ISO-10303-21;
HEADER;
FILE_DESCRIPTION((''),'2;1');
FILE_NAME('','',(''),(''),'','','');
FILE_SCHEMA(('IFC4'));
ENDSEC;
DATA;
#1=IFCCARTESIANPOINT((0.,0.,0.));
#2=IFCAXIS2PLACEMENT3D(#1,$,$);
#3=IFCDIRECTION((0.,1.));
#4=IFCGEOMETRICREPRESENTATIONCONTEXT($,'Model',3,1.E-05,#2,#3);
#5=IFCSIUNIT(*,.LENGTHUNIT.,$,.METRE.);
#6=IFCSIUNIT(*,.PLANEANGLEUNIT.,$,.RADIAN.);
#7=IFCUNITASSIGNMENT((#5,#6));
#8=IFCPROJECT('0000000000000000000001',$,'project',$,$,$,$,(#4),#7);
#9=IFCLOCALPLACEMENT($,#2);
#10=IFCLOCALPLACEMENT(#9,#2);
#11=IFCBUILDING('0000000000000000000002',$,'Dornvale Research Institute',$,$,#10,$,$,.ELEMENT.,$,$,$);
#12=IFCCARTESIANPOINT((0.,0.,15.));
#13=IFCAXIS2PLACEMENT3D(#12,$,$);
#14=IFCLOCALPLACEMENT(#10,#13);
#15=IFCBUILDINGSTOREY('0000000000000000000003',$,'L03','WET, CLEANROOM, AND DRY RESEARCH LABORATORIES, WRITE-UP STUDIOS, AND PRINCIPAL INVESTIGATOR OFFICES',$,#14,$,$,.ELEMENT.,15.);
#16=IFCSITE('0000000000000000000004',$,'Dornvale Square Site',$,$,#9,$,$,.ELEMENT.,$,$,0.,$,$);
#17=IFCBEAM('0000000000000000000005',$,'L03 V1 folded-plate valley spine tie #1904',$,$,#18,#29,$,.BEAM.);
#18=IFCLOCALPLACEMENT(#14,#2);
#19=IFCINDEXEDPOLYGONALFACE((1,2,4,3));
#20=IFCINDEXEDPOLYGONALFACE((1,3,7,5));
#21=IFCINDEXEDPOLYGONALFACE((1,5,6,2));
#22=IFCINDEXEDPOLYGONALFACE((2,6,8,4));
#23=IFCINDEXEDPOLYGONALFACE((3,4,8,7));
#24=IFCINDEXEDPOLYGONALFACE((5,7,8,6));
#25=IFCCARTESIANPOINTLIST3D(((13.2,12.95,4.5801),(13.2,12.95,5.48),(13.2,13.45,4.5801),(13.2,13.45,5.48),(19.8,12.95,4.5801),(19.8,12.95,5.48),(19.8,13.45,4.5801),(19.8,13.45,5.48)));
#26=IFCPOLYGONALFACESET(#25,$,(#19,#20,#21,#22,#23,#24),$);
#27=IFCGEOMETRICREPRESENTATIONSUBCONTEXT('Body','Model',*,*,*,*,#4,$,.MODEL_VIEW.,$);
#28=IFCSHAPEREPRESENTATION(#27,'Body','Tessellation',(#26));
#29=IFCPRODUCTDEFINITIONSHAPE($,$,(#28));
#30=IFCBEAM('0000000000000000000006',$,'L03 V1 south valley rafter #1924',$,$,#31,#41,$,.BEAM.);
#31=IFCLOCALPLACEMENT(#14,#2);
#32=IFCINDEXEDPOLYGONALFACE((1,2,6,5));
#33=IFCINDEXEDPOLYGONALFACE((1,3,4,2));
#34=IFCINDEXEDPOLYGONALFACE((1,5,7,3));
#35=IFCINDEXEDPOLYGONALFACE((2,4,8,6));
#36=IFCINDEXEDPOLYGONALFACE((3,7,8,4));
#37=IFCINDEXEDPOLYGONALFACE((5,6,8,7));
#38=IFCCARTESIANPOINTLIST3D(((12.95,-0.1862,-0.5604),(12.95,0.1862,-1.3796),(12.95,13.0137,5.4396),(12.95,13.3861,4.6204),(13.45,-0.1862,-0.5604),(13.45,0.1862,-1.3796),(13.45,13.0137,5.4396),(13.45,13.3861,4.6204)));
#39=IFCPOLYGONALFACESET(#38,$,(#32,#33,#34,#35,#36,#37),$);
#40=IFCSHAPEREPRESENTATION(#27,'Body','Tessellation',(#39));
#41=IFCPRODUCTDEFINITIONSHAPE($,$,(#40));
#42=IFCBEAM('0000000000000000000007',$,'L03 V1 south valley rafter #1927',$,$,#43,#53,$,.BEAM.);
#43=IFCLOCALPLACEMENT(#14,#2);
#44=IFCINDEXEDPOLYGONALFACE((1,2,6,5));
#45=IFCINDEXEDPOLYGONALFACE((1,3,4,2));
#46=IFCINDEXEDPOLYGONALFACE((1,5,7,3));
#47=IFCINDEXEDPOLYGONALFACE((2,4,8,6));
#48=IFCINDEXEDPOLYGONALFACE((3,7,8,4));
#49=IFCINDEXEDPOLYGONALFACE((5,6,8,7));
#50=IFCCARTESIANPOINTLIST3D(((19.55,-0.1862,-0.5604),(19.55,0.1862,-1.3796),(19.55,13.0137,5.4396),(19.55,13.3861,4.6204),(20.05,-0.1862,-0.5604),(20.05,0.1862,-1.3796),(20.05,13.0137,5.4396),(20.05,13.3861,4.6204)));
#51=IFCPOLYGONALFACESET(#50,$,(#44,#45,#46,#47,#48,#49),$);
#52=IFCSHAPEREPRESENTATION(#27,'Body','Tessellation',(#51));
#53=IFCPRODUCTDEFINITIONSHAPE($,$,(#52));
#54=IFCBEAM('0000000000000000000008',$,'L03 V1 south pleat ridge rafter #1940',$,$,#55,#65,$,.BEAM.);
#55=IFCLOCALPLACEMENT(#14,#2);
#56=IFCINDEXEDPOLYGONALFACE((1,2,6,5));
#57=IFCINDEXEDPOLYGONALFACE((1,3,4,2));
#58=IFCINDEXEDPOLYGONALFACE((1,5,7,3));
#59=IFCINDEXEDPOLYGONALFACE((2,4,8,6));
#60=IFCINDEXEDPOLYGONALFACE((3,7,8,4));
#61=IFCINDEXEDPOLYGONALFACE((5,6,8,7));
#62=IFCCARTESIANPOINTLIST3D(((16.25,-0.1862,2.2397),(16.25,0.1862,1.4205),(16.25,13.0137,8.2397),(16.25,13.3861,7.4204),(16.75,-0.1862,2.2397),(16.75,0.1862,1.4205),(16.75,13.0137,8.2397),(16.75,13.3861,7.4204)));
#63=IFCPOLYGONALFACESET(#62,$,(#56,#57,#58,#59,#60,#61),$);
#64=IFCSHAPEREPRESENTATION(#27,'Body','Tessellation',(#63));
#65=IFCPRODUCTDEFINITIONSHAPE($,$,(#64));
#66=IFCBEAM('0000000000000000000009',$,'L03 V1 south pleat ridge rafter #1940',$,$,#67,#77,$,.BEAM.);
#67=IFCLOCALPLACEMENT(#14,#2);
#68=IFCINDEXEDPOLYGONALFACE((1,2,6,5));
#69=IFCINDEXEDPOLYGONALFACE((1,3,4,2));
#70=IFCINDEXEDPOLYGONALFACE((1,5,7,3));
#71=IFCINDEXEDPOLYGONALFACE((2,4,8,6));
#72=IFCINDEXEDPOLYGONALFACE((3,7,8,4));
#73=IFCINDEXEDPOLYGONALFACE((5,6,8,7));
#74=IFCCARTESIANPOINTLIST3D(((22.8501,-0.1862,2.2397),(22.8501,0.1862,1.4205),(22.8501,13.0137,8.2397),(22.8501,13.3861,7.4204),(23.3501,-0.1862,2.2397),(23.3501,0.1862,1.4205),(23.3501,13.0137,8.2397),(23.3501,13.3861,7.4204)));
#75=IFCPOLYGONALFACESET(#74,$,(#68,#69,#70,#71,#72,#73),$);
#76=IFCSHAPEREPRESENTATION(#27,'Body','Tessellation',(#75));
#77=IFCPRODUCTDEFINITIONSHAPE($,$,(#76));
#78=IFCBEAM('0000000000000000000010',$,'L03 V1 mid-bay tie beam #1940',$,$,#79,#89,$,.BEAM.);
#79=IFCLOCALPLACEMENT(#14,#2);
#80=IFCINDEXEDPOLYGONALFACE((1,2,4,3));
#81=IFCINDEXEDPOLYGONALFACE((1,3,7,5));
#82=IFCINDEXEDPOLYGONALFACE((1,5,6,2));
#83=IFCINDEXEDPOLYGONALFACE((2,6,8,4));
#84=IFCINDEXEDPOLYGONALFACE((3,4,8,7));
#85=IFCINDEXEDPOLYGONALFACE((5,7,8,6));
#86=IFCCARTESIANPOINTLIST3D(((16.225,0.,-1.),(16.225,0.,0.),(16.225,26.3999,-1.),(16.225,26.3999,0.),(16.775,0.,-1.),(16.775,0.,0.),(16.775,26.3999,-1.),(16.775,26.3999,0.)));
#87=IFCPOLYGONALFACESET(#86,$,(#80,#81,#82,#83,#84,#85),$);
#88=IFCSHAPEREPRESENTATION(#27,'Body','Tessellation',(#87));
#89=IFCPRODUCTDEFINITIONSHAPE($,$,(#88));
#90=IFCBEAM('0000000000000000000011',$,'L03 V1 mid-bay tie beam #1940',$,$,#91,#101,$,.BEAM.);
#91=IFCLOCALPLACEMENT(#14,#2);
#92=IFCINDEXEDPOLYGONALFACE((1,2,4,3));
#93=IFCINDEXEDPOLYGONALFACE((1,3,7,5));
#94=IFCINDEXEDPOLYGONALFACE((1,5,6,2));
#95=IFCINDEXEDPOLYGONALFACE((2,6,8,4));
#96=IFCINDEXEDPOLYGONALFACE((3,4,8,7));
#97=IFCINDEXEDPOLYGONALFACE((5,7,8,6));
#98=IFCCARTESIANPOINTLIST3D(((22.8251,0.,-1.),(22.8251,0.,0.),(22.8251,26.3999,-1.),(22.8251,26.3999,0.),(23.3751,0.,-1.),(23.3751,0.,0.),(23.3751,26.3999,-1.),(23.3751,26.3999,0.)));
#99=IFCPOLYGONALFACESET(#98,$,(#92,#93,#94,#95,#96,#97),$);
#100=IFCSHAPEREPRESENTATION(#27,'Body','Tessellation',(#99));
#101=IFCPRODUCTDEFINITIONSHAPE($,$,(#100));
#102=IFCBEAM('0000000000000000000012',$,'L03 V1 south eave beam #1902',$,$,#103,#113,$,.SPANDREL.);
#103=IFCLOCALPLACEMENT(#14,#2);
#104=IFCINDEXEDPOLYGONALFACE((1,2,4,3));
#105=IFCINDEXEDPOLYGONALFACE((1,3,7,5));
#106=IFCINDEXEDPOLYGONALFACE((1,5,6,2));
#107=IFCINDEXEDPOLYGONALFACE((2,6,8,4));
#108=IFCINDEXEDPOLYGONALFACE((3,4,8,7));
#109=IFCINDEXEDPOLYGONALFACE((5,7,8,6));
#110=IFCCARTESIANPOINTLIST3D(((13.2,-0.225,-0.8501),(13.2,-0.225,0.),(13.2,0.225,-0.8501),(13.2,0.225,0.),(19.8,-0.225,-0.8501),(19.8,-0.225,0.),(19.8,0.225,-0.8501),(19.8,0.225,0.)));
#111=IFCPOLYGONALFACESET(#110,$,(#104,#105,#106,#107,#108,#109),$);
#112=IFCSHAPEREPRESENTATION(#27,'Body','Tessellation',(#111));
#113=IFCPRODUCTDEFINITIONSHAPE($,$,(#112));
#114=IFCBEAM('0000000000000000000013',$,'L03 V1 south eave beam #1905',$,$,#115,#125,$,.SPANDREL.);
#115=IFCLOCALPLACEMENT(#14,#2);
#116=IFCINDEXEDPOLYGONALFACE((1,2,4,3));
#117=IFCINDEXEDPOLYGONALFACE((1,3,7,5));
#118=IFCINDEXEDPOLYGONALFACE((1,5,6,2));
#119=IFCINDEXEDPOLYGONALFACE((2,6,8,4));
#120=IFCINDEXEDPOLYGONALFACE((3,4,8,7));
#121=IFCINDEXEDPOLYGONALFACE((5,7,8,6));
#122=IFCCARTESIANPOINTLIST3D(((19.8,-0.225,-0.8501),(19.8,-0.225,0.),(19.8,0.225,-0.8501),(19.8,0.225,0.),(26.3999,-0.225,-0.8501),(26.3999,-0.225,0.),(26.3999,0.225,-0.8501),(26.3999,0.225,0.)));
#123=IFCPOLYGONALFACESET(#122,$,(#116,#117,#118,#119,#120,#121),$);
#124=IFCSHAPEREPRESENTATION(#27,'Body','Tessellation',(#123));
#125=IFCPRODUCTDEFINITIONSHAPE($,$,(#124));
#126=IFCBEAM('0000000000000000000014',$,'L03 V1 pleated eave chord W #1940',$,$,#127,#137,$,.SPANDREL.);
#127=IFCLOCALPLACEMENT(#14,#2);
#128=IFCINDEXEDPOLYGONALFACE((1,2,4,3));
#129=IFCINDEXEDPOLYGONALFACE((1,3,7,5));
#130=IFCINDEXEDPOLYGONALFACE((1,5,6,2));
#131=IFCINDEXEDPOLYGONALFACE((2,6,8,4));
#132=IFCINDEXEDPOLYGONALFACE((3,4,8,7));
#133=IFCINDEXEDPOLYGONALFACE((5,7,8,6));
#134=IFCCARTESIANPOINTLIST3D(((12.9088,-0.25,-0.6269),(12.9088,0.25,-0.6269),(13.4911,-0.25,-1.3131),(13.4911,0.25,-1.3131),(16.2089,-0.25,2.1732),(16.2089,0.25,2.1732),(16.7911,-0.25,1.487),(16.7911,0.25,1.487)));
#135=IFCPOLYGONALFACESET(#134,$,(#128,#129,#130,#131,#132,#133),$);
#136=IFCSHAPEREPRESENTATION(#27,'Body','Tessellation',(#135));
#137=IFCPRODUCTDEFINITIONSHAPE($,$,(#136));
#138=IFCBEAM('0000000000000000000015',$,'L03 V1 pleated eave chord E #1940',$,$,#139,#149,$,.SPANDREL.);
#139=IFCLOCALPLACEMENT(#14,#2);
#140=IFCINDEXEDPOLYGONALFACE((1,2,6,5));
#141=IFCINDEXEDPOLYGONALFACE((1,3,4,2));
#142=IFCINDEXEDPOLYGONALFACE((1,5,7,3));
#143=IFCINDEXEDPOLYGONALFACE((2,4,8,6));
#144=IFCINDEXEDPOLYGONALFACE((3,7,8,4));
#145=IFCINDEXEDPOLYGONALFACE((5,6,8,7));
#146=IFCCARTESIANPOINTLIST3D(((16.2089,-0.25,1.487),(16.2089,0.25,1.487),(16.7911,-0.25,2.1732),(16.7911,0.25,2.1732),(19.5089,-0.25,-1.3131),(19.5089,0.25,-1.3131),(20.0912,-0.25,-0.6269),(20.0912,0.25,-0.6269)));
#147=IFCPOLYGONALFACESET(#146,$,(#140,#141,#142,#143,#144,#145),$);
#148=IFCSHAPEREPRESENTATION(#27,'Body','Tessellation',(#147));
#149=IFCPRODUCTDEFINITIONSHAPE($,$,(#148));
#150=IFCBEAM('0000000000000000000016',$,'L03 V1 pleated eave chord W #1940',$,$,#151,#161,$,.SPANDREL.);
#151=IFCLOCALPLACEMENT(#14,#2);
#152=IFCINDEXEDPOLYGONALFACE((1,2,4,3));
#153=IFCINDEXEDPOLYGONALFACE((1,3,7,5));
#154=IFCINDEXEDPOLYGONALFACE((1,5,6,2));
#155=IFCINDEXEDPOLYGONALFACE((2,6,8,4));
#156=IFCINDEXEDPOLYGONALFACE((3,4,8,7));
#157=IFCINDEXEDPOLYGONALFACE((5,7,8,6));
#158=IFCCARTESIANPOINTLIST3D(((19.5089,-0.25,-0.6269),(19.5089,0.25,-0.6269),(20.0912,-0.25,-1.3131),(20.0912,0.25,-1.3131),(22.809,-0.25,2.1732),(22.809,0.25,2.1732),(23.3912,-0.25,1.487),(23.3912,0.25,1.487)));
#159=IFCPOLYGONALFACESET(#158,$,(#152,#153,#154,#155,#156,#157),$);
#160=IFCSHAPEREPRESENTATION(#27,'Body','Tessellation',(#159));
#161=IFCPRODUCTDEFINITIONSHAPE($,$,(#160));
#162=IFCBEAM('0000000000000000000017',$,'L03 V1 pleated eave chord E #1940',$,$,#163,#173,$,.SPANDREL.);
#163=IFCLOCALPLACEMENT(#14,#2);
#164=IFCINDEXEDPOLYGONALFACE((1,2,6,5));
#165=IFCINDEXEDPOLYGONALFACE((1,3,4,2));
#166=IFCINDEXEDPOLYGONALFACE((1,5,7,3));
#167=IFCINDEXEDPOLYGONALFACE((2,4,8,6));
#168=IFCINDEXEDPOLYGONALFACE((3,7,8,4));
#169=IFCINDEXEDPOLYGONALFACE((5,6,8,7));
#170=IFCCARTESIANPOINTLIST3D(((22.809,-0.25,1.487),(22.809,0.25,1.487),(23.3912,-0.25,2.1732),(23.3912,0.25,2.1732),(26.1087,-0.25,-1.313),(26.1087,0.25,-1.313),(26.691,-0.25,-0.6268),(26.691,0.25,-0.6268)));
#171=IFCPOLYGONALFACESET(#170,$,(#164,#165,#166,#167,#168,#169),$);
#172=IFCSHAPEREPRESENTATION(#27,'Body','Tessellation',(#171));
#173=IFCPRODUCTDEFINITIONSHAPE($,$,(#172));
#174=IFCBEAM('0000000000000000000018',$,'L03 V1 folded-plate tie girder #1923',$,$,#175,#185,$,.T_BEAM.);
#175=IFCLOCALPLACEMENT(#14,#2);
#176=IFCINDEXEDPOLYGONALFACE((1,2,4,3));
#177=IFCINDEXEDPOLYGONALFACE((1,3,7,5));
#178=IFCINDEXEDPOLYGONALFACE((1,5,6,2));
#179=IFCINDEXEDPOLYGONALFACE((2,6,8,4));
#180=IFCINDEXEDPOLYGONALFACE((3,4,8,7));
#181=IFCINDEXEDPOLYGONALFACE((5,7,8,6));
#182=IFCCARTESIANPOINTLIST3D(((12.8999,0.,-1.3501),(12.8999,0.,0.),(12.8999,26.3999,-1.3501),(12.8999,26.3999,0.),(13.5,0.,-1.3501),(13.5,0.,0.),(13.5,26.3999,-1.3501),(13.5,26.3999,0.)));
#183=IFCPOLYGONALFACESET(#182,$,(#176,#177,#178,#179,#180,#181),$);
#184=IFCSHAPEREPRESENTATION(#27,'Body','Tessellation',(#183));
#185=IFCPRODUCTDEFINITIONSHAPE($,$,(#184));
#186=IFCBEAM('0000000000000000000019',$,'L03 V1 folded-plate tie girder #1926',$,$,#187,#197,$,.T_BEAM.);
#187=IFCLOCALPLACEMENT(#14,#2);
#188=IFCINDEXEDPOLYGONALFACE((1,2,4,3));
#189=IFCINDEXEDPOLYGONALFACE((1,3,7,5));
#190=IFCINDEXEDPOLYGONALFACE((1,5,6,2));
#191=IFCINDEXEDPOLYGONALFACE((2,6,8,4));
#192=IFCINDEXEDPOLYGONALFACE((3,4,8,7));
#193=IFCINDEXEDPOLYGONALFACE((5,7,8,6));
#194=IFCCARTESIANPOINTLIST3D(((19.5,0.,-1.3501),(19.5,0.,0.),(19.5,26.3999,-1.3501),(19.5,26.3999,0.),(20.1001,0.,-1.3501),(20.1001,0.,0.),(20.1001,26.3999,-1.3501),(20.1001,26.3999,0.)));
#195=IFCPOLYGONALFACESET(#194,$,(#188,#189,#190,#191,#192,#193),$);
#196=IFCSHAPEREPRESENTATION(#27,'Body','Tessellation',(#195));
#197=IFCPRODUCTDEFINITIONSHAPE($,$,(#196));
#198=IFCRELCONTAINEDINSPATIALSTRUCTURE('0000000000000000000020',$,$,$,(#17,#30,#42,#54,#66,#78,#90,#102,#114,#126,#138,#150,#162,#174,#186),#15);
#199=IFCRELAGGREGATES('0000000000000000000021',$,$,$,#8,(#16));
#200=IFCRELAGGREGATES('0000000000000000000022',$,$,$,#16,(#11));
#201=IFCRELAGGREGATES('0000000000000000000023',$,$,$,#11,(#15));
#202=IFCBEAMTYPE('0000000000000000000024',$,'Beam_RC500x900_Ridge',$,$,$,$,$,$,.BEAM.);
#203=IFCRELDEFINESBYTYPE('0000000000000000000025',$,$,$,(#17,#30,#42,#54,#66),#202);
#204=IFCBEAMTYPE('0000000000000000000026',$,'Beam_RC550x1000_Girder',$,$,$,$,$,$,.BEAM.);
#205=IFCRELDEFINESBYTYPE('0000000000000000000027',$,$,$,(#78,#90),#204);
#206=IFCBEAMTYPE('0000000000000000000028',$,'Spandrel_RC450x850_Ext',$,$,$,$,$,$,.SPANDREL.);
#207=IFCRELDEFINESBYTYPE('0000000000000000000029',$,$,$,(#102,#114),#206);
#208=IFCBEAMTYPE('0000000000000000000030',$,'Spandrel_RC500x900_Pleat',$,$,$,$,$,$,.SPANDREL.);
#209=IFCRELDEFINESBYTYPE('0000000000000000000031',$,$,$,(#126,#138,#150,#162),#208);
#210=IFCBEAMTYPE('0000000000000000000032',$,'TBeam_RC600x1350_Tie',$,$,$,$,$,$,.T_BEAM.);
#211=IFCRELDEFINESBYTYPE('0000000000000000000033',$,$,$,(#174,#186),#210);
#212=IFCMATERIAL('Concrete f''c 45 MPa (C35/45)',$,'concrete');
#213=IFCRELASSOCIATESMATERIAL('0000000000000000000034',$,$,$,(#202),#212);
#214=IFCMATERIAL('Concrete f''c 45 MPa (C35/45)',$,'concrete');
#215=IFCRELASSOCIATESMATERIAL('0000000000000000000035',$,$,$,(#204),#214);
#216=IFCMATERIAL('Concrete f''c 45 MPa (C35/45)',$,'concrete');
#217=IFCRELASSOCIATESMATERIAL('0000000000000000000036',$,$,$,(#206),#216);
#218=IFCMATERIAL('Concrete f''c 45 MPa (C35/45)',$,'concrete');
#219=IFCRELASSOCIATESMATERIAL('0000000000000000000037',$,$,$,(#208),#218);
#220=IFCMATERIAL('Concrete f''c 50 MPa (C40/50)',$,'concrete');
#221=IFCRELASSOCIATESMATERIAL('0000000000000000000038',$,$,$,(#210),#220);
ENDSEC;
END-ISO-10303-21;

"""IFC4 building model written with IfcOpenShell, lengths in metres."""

from ifc_helpers import new_model, si_unit, direction, frame, origin, origin_2d, place, context, subcontext, project, spatial, rectangle, extrude, material, material_profile, profile_set, type_object, element, save


model = new_model("IFC4")

# Units and contexts
model_context = context("Model", 3, precision=1e-05, world=origin(), true_north=direction((0.0, 1.0)))
body_context = subcontext(model_context, "Body", "Model", "MODEL_VIEW")
ifc_project = project(units=[si_unit("LENGTHUNIT", "METRE"), si_unit("PLANEANGLEUNIT", "RADIAN")], contexts=[model_context])

# Site, building, storey
site_placement = place(None, origin())
site = spatial("IfcSite", under=ifc_project, at=site_placement, Name="Dornvale Square Site", CompositionType="ELEMENT", RefElevation=0.0)
building_placement = place(site_placement, origin())
building = spatial("IfcBuilding", under=site, at=building_placement, Name="Dornvale Research Institute", CompositionType="ELEMENT")
storey_placement = place(building_placement, frame((0.0, 0.0, 15.0)))
storey = spatial("IfcBuildingStorey", under=building, at=storey_placement, Name="L03", Description="WET, CLEANROOM, AND DRY RESEARCH LABORATORIES, WRITE-UP STUDIOS, AND PRINCIPAL INVESTIGATOR OFFICES", CompositionType="ELEMENT", Elevation=15.0)

# Beams
ifc_material_1 = material(Name="Concrete f'c 45 MPa (C35/45)", Category="concrete")
ifc_material_profile_1 = material_profile(ifc_material_1, rectangle(XDim=0.5, YDim=0.8999, at=origin_2d()), Name="RC 500x900")
ifc_profile_set_1 = profile_set([ifc_material_profile_1], Name="Concrete f'c 45 MPa (C35/45)")
beam_type_1 = type_object("IfcBeamType", Name="Beam_RC500x900_Ridge", PredefinedType="BEAM", material=ifc_profile_set_1)
beam_1_placement = place(storey_placement, frame((13.2, 13.2, 5.03), z_axis=(1.0, 0.0, 0.0), x_axis=(0.0, 1.0, 0.0)))
element("IfcBeam", 1, at=beam_1_placement, inside=storey, type_object=beam_type_1, Name="L03 V1 folded-plate valley spine tie #1904", PredefinedType="BEAM", context=body_context, shape_type="SweptSolid", body=[
    extrude(rectangle(XDim=0.5, YDim=0.8999, at=origin_2d()), origin(), (0.0, 0.0, 1.0), 6.6001),
])
for number, where, z_axis, x_axis, name in (
    (2, (13.2, 0.0, -0.97), (0.0, 0.910366, 0.413804), (-1.0, 0.0, 0.0), "L03 V1 south valley rafter #1924"),
    (3, (19.8, 0.0, -0.97), (0.0, 0.910366, 0.413804), (-1.0, 0.0, 0.0), "L03 V1 south valley rafter #1927"),
    (4, (16.5, 0.0, 1.8301), (0.0, 0.910366, 0.413804), (-1.0, 0.0, 0.0), "L03 V1 south pleat ridge rafter #1940"),
    (5, (23.1001, 0.0, 1.8301), (0.0, 0.910366, 0.413804), (-1.0, 0.0, 0.0), "L03 V1 south pleat ridge rafter #1940"),
):
    element("IfcBeam", number, at=place(storey_placement, frame(where, z_axis=z_axis, x_axis=x_axis)), inside=storey, type_object=beam_type_1, Name=name, PredefinedType="BEAM", context=body_context, shape_type="SweptSolid", body=[
        extrude(rectangle(XDim=0.5, YDim=0.8999, at=origin_2d()), origin(), (0.0, 0.0, 1.0), 14.4995),
    ])
ifc_material_2 = material(Name="Concrete f'c 45 MPa (C35/45)", Category="concrete")
ifc_material_profile_2 = material_profile(ifc_material_2, rectangle(XDim=0.55, YDim=1.0, at=origin_2d()), Name="RC 550x1000")
ifc_profile_set_2 = profile_set([ifc_material_profile_2], Name="Concrete f'c 45 MPa (C35/45)")
beam_type_2 = type_object("IfcBeamType", Name="Beam_RC550x1000_Girder", PredefinedType="BEAM", material=ifc_profile_set_2)
for number, where, z_axis, x_axis, name in (
    (6, (16.5, 0.0, -0.5), (0.0, 1.0, 0.0), (-1.0, 0.0, 0.0), "L03 V1 mid-bay tie beam #1940"),
    (7, (23.1001, 0.0, -0.5), (0.0, 1.0, 0.0), (-1.0, 0.0, 0.0), "L03 V1 mid-bay tie beam #1940"),
):
    element("IfcBeam", number, at=place(storey_placement, frame(where, z_axis=z_axis, x_axis=x_axis)), inside=storey, type_object=beam_type_2, Name=name, PredefinedType="BEAM", context=body_context, shape_type="SweptSolid", body=[
        extrude(rectangle(XDim=0.55, YDim=1.0, at=origin_2d()), origin(), (0.0, 0.0, 1.0), 26.3999),
    ])
ifc_material_3 = material(Name="Concrete f'c 45 MPa (C35/45)", Category="concrete")
ifc_material_profile_3 = material_profile(ifc_material_3, rectangle(XDim=0.45, YDim=0.8501, at=origin_2d()), Name="RC 450x850")
ifc_profile_set_3 = profile_set([ifc_material_profile_3], Name="Concrete f'c 45 MPa (C35/45)")
beam_type_3 = type_object("IfcBeamType", Name="Spandrel_RC450x850_Ext", PredefinedType="SPANDREL", material=ifc_profile_set_3)
beam_2_placement = place(storey_placement, frame((13.2, 0.0, -0.425), z_axis=(1.0, 0.0, 0.0), x_axis=(0.0, 1.0, 0.0)))
element("IfcBeam", 8, at=beam_2_placement, inside=storey, type_object=beam_type_3, Name="L03 V1 south eave beam #1902", PredefinedType="SPANDREL", context=body_context, shape_type="SweptSolid", body=[
    extrude(rectangle(XDim=0.45, YDim=0.8501, at=origin_2d()), origin(), (0.0, 0.0, 1.0), 6.6001),
])
beam_3_placement = place(storey_placement, frame((19.8, 0.0, -0.425), z_axis=(1.0, 0.0, 0.0), x_axis=(0.0, 1.0, 0.0)))
element("IfcBeam", 9, at=beam_3_placement, inside=storey, type_object=beam_type_3, Name="L03 V1 south eave beam #1905", PredefinedType="SPANDREL", context=body_context, shape_type="SweptSolid", body=[
    extrude(rectangle(XDim=0.45, YDim=0.8501, at=origin_2d()), origin(), (0.0, 0.0, 1.0), 6.5999),
])
ifc_material_4 = material(Name="Concrete f'c 45 MPa (C35/45)", Category="concrete")
ifc_material_profile_4 = material_profile(ifc_material_4, rectangle(XDim=0.5, YDim=0.8999, at=origin_2d()), Name="RC 500x900")
ifc_profile_set_4 = profile_set([ifc_material_profile_4], Name="Concrete f'c 45 MPa (C35/45)")
beam_type_4 = type_object("IfcBeamType", Name="Spandrel_RC500x900_Pleat", PredefinedType="SPANDREL", material=ifc_profile_set_4)
for number, where, z_axis, x_axis, name in (
    (10, (13.2, 0.0, -0.97), (0.762508, 0.0, 0.646978), (0.0, 1.0, 0.0), "L03 V1 pleated eave chord W #1940"),
    (11, (16.5, 0.0, 1.8301), (0.762508, 0.0, -0.646978), (0.0, 1.0, 0.0), "L03 V1 pleated eave chord E #1940"),
    (12, (19.8, 0.0, -0.97), (0.762508, 0.0, 0.646978), (0.0, 1.0, 0.0), "L03 V1 pleated eave chord W #1940"),
):
    element("IfcBeam", number, at=place(storey_placement, frame(where, z_axis=z_axis, x_axis=x_axis)), inside=storey, type_object=beam_type_4, Name=name, PredefinedType="SPANDREL", context=body_context, shape_type="SweptSolid", body=[
        extrude(rectangle(XDim=0.5, YDim=0.8999, at=origin_2d()), origin(), (0.0, 0.0, 1.0), 4.3279),
    ])
beam_4_placement = place(storey_placement, frame((23.1001, 0.0, 1.8301), z_axis=(0.762485, 0.0, -0.647006), x_axis=(0.0, 1.0, 0.0)))
element("IfcBeam", 13, at=beam_4_placement, inside=storey, type_object=beam_type_4, Name="L03 V1 pleated eave chord E #1940", PredefinedType="SPANDREL", context=body_context, shape_type="SweptSolid", body=[
    extrude(rectangle(XDim=0.5, YDim=0.8999, at=origin_2d()), origin(), (0.0, 0.0, 1.0), 4.3276),
])
ifc_material_5 = material(Name="Concrete f'c 50 MPa (C40/50)", Category="concrete")
ifc_material_profile_5 = material_profile(ifc_material_5, rectangle(XDim=0.6001, YDim=1.3501, at=origin_2d()), Name="RC 600x1350")
ifc_profile_set_5 = profile_set([ifc_material_profile_5], Name="Concrete f'c 50 MPa (C40/50)")
beam_type_5 = type_object("IfcBeamType", Name="TBeam_RC600x1350_Tie", PredefinedType="T_BEAM", material=ifc_profile_set_5)
for number, where, z_axis, x_axis, name in (
    (14, (13.2, 0.0, -0.675), (0.0, 1.0, 0.0), (-1.0, 0.0, 0.0), "L03 V1 folded-plate tie girder #1923"),
    (15, (19.8, 0.0, -0.675), (0.0, 1.0, 0.0), (-1.0, 0.0, 0.0), "L03 V1 folded-plate tie girder #1926"),
):
    element("IfcBeam", number, at=place(storey_placement, frame(where, z_axis=z_axis, x_axis=x_axis)), inside=storey, type_object=beam_type_5, Name=name, PredefinedType="T_BEAM", context=body_context, shape_type="SweptSolid", body=[
        extrude(rectangle(XDim=0.6001, YDim=1.3501, at=origin_2d()), origin(), (0.0, 0.0, 1.0), 26.3999),
    ])

save(model, "model.ifc")
